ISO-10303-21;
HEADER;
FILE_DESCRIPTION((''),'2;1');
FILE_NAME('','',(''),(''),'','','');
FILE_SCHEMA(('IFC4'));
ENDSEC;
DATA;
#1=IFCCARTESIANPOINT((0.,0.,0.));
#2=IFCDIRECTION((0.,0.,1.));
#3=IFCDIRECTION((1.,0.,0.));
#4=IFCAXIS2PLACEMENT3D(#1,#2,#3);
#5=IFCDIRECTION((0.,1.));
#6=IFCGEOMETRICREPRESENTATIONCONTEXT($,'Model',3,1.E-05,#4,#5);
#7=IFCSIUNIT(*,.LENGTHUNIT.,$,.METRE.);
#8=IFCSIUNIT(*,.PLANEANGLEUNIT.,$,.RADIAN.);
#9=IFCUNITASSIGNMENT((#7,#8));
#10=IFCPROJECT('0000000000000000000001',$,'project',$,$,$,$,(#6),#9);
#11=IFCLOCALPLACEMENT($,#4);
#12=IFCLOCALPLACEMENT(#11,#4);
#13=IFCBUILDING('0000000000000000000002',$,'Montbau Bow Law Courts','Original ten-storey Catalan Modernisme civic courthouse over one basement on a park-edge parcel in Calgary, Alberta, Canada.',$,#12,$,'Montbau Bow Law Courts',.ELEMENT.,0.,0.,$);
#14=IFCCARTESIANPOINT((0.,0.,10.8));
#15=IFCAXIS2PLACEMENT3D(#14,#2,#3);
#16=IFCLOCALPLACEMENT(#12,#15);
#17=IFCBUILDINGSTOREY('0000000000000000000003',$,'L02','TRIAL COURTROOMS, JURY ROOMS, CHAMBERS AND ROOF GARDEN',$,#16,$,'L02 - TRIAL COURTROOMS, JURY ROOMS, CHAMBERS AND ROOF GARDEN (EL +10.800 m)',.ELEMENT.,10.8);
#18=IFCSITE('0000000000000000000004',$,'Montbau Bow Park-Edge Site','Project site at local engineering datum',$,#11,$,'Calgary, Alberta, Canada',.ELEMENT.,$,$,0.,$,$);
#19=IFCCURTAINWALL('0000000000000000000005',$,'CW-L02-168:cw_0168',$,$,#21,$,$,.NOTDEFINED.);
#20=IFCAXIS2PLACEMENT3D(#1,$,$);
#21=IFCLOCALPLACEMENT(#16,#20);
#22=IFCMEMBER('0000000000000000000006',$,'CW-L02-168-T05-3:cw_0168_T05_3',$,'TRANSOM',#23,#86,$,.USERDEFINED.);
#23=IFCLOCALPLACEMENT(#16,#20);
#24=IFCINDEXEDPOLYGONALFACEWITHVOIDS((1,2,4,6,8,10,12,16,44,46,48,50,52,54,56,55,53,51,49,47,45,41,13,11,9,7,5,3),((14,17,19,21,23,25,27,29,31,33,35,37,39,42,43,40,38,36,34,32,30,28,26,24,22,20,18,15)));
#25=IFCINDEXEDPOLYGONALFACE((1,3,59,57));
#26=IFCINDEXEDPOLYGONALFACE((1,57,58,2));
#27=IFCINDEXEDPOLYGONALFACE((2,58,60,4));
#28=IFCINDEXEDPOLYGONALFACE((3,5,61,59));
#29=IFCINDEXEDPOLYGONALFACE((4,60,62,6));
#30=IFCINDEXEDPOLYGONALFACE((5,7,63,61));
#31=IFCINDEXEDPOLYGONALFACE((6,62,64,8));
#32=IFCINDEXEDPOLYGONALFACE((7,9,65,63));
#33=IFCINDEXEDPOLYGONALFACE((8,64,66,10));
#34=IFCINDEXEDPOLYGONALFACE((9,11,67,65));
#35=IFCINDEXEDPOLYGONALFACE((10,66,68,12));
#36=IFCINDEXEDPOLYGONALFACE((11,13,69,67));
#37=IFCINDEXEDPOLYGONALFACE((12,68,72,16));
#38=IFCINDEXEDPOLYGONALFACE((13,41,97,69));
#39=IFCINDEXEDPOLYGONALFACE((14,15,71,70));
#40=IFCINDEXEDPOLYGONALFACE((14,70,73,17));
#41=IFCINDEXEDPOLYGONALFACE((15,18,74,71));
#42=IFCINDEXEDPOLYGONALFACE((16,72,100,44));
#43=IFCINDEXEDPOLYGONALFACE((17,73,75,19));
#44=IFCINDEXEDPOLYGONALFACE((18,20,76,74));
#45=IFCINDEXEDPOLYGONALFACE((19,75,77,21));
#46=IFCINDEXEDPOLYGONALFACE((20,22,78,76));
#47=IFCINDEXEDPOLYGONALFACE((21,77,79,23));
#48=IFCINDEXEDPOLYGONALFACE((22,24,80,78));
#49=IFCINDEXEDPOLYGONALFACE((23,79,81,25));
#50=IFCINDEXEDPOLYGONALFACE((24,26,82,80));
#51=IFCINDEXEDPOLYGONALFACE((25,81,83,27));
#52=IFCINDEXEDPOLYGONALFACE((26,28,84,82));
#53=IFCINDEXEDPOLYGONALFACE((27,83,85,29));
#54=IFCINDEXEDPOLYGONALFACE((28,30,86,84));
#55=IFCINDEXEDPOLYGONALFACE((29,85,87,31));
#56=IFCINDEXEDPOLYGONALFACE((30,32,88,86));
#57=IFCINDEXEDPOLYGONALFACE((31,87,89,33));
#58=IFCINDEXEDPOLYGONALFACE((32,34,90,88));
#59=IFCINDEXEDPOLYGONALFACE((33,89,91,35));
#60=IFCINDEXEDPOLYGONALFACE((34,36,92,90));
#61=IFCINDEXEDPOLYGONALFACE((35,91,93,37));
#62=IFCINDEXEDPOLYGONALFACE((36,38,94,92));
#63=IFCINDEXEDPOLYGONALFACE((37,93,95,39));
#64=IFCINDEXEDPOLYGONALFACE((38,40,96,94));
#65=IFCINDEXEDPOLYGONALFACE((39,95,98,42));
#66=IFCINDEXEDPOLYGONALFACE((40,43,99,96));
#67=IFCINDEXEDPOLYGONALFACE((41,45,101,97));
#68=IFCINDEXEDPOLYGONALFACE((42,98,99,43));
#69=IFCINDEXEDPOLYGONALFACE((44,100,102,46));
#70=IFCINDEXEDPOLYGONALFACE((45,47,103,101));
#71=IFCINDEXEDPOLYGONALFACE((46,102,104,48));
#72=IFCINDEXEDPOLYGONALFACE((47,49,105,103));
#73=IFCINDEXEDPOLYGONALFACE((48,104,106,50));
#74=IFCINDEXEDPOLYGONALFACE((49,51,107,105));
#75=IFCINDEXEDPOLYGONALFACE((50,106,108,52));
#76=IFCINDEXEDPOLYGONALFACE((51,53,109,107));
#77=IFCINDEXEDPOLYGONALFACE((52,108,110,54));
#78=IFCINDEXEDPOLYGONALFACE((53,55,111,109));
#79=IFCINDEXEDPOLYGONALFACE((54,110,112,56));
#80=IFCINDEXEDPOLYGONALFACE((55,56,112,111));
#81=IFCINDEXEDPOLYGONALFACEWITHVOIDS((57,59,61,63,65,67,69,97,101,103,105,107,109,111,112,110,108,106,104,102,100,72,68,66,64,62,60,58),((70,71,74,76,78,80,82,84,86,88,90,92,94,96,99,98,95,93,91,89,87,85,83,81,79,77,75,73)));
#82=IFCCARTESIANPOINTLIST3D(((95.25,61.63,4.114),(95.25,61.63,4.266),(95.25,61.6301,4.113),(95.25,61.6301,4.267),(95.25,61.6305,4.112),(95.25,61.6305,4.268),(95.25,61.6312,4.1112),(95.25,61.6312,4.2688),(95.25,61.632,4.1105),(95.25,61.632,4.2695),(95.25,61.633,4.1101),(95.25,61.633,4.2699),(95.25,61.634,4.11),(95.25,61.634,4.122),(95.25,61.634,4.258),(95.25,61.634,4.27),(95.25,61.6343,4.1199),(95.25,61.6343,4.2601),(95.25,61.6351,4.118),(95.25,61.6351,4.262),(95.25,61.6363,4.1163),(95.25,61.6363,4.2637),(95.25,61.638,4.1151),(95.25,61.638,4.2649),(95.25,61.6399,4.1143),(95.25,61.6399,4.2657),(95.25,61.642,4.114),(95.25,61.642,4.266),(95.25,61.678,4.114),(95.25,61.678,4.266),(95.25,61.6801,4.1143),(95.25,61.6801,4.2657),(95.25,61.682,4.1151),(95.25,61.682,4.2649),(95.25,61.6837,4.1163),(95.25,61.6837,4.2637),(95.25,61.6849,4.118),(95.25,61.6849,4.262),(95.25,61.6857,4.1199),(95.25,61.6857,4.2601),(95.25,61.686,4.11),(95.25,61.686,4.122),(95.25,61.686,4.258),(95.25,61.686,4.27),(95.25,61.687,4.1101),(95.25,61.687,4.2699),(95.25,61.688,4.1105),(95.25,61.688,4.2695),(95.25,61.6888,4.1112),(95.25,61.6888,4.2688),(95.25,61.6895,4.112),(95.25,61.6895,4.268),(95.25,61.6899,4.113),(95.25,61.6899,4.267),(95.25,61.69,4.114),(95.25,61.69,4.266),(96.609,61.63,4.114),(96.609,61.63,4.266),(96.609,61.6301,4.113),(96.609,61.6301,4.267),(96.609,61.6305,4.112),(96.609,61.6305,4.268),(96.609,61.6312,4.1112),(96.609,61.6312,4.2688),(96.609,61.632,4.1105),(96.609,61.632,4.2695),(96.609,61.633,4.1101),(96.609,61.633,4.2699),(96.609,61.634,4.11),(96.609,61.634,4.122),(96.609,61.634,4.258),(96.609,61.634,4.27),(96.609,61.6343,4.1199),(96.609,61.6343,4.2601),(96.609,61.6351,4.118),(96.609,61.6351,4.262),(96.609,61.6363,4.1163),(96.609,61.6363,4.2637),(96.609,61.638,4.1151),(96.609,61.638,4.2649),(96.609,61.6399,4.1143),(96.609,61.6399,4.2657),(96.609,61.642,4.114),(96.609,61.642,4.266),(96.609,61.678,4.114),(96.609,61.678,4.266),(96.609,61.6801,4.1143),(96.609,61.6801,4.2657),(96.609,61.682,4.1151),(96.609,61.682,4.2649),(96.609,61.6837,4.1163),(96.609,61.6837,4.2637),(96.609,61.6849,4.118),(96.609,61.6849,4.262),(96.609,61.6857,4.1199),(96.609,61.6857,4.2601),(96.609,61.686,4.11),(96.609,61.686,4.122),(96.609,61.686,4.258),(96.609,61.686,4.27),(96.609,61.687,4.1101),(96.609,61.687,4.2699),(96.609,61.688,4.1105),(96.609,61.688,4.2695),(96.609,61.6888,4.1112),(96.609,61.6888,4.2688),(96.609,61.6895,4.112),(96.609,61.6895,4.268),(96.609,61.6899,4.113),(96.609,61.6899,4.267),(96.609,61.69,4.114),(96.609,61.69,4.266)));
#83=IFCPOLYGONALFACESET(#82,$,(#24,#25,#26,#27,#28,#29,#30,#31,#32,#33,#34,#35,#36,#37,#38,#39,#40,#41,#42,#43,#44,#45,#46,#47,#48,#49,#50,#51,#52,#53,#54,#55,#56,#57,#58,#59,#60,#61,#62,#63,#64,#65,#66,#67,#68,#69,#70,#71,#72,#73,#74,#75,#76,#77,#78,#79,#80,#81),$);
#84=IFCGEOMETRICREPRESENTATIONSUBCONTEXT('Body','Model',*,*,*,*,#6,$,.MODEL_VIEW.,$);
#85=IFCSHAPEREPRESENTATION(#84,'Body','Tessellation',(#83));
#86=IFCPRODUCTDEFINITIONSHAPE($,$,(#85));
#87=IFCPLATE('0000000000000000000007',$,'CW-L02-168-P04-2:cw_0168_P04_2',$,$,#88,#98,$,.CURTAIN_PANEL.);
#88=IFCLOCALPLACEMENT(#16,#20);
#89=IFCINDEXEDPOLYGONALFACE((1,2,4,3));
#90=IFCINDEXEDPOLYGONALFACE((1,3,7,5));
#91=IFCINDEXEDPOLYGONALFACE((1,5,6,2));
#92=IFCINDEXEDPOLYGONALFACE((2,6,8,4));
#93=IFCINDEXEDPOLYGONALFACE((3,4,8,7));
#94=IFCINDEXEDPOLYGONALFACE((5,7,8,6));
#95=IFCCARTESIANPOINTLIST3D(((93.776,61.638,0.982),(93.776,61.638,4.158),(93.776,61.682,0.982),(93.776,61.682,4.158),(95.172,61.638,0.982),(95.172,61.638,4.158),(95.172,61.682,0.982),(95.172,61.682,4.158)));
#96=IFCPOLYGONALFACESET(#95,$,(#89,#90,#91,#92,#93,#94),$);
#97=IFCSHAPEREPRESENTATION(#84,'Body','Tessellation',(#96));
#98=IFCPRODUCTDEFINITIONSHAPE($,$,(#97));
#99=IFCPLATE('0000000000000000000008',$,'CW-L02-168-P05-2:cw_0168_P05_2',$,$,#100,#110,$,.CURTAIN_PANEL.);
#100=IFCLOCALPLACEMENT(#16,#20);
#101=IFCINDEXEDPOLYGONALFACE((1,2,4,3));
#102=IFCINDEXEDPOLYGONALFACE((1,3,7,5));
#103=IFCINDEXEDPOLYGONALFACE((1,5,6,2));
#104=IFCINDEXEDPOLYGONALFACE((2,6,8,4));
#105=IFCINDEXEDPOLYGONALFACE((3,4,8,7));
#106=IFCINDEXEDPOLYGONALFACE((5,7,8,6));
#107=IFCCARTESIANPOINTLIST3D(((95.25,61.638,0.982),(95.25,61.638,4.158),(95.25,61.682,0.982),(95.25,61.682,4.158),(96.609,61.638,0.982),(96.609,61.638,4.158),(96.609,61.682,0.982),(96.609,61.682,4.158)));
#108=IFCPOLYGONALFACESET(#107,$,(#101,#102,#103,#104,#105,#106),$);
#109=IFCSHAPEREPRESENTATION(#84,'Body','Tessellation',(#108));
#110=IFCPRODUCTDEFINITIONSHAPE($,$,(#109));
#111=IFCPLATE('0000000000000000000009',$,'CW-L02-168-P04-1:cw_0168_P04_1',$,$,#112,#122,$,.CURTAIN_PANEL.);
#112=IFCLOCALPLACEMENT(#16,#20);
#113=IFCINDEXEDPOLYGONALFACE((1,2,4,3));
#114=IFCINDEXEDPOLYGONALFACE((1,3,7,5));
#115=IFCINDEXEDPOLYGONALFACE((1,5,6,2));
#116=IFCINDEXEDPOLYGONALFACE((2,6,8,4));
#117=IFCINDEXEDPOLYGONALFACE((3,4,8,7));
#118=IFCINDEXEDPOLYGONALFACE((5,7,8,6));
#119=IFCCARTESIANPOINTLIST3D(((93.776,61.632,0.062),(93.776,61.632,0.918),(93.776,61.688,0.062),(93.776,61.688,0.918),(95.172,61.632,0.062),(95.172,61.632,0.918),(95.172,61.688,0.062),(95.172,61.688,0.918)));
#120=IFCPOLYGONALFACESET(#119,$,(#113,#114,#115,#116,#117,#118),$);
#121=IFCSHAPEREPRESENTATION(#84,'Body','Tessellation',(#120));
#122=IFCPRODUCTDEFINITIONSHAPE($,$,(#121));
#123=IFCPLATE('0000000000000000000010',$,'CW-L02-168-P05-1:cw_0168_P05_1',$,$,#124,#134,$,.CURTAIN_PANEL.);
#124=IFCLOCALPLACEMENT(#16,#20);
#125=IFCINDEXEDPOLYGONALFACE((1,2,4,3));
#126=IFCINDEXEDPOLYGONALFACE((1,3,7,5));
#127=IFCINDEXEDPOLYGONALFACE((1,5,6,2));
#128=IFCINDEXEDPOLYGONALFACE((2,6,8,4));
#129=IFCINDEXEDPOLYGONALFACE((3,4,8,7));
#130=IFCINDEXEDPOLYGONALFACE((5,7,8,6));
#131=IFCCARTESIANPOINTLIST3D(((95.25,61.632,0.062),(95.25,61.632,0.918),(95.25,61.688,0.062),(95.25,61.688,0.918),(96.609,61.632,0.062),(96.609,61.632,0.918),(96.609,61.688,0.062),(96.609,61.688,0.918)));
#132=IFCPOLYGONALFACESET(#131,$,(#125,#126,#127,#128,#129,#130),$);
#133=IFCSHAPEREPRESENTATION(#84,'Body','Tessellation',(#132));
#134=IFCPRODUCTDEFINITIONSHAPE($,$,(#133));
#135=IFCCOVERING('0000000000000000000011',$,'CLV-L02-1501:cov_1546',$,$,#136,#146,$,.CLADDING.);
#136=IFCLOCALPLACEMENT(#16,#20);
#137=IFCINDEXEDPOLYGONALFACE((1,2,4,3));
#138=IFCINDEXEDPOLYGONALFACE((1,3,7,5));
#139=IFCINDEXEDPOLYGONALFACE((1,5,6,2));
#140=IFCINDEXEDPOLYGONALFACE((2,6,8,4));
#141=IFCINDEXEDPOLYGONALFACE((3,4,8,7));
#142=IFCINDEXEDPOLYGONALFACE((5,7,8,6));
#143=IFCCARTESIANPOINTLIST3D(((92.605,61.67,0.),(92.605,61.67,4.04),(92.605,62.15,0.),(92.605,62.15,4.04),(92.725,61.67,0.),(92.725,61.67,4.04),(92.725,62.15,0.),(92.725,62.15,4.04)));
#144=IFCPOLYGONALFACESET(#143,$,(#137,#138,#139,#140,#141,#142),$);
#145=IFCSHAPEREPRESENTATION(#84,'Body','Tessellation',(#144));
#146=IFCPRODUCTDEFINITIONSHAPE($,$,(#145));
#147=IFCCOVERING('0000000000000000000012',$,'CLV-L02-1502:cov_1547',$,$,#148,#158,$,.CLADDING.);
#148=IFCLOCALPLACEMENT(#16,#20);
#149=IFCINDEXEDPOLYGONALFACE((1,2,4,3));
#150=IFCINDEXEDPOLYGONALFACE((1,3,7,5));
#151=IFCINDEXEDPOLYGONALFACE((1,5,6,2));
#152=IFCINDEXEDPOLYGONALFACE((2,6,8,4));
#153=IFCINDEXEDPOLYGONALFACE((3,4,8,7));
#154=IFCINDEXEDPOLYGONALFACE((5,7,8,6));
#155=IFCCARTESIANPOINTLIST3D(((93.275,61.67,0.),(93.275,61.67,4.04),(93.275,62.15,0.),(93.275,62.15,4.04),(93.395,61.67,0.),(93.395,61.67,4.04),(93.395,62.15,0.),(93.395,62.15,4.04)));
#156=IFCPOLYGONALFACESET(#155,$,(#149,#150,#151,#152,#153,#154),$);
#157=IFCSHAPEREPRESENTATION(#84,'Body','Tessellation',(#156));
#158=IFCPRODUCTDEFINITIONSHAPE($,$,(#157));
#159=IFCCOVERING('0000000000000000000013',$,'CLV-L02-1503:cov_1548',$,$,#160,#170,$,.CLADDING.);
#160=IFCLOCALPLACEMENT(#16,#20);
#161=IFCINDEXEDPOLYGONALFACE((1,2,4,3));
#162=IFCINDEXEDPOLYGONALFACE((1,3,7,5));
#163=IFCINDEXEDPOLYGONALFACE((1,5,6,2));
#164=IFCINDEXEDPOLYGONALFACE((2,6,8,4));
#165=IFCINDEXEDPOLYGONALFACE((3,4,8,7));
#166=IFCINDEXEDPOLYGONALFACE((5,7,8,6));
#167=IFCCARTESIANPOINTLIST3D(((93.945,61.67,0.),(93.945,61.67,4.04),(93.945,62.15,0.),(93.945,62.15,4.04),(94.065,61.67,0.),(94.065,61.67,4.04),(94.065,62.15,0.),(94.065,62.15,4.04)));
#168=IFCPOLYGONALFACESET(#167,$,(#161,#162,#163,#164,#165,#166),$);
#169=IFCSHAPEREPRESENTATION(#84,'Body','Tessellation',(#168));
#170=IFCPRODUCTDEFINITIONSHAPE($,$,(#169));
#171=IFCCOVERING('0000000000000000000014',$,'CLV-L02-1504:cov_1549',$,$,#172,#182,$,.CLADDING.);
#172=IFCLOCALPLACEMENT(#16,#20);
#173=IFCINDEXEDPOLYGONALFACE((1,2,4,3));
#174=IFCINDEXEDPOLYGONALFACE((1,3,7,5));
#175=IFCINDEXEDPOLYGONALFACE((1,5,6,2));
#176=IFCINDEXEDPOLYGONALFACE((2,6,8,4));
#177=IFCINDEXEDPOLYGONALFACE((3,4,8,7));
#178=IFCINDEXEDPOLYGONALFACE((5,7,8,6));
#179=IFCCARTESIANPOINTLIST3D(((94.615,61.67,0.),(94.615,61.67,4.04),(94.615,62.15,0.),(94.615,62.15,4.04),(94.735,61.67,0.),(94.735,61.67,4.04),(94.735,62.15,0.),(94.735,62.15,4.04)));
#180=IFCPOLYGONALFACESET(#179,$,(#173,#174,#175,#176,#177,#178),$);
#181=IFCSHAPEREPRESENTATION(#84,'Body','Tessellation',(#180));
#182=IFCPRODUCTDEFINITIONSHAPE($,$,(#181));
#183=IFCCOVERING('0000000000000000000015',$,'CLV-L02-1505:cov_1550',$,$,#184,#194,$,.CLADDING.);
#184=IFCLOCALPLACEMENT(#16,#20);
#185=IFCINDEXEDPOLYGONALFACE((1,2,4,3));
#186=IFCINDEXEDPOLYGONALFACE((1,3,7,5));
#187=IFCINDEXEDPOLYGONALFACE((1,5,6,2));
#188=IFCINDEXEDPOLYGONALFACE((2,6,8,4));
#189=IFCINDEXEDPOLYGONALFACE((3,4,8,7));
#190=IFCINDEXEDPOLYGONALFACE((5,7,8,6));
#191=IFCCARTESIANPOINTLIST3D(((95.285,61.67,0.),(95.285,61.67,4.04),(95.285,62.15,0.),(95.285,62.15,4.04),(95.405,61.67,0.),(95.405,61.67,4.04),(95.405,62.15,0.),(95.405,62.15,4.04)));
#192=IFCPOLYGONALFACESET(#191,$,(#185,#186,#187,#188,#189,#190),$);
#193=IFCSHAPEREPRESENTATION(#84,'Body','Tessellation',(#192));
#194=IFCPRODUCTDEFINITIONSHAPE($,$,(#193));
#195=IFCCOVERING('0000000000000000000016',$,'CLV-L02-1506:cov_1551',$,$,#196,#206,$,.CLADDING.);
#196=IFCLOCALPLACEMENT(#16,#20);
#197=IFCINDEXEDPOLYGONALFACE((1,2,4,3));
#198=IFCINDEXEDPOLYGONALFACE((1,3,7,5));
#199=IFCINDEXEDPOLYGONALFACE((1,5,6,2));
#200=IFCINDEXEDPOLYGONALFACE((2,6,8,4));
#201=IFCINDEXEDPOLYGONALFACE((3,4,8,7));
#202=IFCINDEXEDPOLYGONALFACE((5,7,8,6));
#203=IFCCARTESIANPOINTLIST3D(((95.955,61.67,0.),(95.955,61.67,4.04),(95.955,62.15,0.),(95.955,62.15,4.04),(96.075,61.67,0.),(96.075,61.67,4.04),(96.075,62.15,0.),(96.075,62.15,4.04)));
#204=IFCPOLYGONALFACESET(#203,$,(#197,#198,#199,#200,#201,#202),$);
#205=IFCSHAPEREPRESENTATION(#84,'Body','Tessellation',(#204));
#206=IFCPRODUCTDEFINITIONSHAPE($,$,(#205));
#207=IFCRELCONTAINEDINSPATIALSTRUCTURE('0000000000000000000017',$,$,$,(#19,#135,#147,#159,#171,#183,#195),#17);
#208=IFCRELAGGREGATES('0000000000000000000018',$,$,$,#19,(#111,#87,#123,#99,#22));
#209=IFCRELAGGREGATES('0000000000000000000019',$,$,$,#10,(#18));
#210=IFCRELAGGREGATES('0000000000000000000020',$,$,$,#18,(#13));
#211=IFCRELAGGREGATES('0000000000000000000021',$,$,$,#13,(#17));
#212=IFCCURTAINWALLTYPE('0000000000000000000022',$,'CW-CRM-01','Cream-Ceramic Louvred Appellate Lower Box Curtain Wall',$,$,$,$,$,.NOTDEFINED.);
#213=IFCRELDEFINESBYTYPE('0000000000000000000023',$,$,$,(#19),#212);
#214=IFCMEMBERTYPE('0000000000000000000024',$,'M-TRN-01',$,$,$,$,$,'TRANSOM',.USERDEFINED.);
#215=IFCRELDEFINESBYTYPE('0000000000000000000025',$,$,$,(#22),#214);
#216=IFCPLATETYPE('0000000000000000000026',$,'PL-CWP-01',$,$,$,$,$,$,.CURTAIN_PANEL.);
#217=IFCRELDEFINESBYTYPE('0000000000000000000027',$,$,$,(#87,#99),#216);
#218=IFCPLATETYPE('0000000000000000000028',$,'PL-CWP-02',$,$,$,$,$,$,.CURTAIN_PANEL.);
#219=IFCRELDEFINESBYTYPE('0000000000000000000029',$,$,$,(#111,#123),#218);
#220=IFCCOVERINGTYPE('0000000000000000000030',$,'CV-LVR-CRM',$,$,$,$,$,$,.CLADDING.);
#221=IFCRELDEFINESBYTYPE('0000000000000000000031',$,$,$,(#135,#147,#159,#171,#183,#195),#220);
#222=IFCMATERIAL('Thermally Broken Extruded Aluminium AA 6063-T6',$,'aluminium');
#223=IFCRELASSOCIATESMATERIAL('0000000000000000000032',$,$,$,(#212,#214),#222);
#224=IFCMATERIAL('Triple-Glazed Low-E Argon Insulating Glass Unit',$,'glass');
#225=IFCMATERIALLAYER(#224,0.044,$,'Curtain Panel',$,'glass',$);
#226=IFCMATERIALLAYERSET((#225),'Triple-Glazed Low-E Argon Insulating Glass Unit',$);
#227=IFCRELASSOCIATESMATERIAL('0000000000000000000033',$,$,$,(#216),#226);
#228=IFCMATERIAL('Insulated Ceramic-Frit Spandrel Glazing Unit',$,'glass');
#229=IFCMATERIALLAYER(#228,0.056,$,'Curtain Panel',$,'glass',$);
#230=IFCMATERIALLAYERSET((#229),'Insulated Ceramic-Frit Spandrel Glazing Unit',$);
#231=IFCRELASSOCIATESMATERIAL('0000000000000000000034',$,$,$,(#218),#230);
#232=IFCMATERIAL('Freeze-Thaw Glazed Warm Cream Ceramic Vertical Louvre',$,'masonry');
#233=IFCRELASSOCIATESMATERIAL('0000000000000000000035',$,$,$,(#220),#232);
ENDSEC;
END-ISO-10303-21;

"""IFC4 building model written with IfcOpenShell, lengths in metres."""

from ifc_helpers import new_model, si_unit, direction, frame, frame_2d, origin_with_axes, origin_2d_with_axis, place, context, subcontext, project, spatial, rectangle, hollow_rectangle, extrude, material, layer, layer_set, material_profile, profile_set, type_object, element, aggregate, save


model = new_model("IFC4")

# Units and contexts
model_context = context("Model", 3, precision=1e-05, world=origin_with_axes(), true_north=direction((0.0, 1.0)))
body_context = subcontext(model_context, "Body", "Model", "MODEL_VIEW")
ifc_project = project(units=[si_unit("LENGTHUNIT", "METRE"), si_unit("PLANEANGLEUNIT", "RADIAN")], contexts=[model_context])

# Site, building, storey
site_placement = place(None, origin_with_axes())
site = spatial("IfcSite", under=ifc_project, at=site_placement, Name="Montbau Bow Park-Edge Site", Description="Project site at local engineering datum", LongName="Calgary, Alberta, Canada", CompositionType="ELEMENT", RefElevation=0.0)
building_placement = place(site_placement, origin_with_axes())
building = spatial("IfcBuilding", under=site, at=building_placement, Name="Montbau Bow Law Courts", Description="Original ten-storey Catalan Modernisme civic courthouse over one basement on a park-edge parcel in Calgary, Alberta, Canada.", LongName="Montbau Bow Law Courts", CompositionType="ELEMENT", ElevationOfRefHeight=0.0, ElevationOfTerrain=0.0)
storey_placement = place(building_placement, frame((0.0, 0.0, 10.8), z_axis=(0.0, 0.0, 1.0), x_axis=(1.0, 0.0, 0.0)))
storey = spatial("IfcBuildingStorey", under=building, at=storey_placement, Name="L02", Description="TRIAL COURTROOMS, JURY ROOMS, CHAMBERS AND ROOF GARDEN", LongName="L02 - TRIAL COURTROOMS, JURY ROOMS, CHAMBERS AND ROOF GARDEN (EL +10.800 m)", CompositionType="ELEMENT", Elevation=10.8)

# Curtain wall, member, plates
ifc_material_1 = material(Name="Thermally Broken Extruded Aluminium AA 6063-T6", Category="aluminium")
curtain_wall_type = type_object("IfcCurtainWallType", Name="CW-CRM-01", Description="Cream-Ceramic Louvred Appellate Lower Box Curtain Wall", PredefinedType="NOTDEFINED", material=ifc_material_1)
curtain_wall_placement = place(None, frame((89.315, 61.66, 10.8), z_axis=(0.0, 0.0, 1.0), x_axis=(1.0, 0.0, 0.0)))
curtain_wall = element("IfcCurtainWall", 1, at=curtain_wall_placement, inside=storey, type_object=curtain_wall_type, Name="CW-L02-168:cw_0168", PredefinedType="NOTDEFINED")
ifc_material_profile_1 = material_profile(ifc_material_1, hollow_rectangle(XDim=0.06, YDim=0.16, WallThickness=0.004, InnerFilletRadius=0.008, OuterFilletRadius=0.004, at=origin_2d_with_axis()), Name="CWT-160X60", Category="Main", Priority=0)
ifc_profile_set_1 = profile_set([ifc_material_profile_1], Name="Thermally Broken Extruded Aluminium AA 6063-T6")
member_type_1 = type_object("IfcMemberType", Name="M-TRN-01", ElementType="TRANSOM", PredefinedType="USERDEFINED", material=ifc_profile_set_1)
member_1_placement = place(None, frame((95.25, 61.66, 14.99), z_axis=(1.0, 0.0, 0.0), x_axis=(0.0, 1.0, 0.0)))
member_1 = element("IfcMember", 2, at=member_1_placement, type_object=member_type_1, Name="CW-L02-168-T05-3:cw_0168_T05_3", ObjectType="TRANSOM", PredefinedType="USERDEFINED", context=body_context, shape_type="SweptSolid", body=[
    extrude(hollow_rectangle(XDim=0.06, YDim=0.16, WallThickness=0.004, InnerFilletRadius=0.008, OuterFilletRadius=0.004, at=origin_2d_with_axis()), origin_with_axes(), (0.0, 0.0, 1.0), 1.359),
])
ifc_material_2 = material(Name="Triple-Glazed Low-E Argon Insulating Glass Unit", Category="glass")
ifc_layer_1 = layer(ifc_material_2, 0.044, Name="Curtain Panel", Category="glass")
ifc_layer_set_1 = layer_set([ifc_layer_1], Name="Triple-Glazed Low-E Argon Insulating Glass Unit")
plate_type_1 = type_object("IfcPlateType", Name="PL-CWP-01", PredefinedType="CURTAIN_PANEL", material=ifc_layer_set_1)
plate_1_placement = place(None, frame((93.776, 61.66, 11.782), z_axis=(0.0, -1.0, 0.0), x_axis=(1.0, 0.0, 0.0)))
plate_1 = element("IfcPlate", 3, at=plate_1_placement, type_object=plate_type_1, Name="CW-L02-168-P04-2:cw_0168_P04_2", PredefinedType="CURTAIN_PANEL", context=body_context, shape_type="SweptSolid", body=[
    extrude(rectangle(XDim=1.396, YDim=3.176, at=frame_2d((0.698, 1.588), x_axis=(1.0, 0.0))), frame((0.0, 0.0, -0.022), z_axis=(0.0, 0.0, 1.0), x_axis=(1.0, 0.0, 0.0)), (0.0, 0.0, 1.0), 0.044),
])
plate_2_placement = place(None, frame((95.25, 61.66, 11.782), z_axis=(0.0, -1.0, 0.0), x_axis=(1.0, 0.0, 0.0)))
plate_2 = element("IfcPlate", 4, at=plate_2_placement, type_object=plate_type_1, Name="CW-L02-168-P05-2:cw_0168_P05_2", PredefinedType="CURTAIN_PANEL", context=body_context, shape_type="SweptSolid", body=[
    extrude(rectangle(XDim=1.359, YDim=3.176, at=frame_2d((0.6795, 1.588), x_axis=(1.0, 0.0))), frame((0.0, 0.0, -0.022), z_axis=(0.0, 0.0, 1.0), x_axis=(1.0, 0.0, 0.0)), (0.0, 0.0, 1.0), 0.044),
])
ifc_material_3 = material(Name="Insulated Ceramic-Frit Spandrel Glazing Unit", Category="glass")
ifc_layer_2 = layer(ifc_material_3, 0.056, Name="Curtain Panel", Category="glass")
ifc_layer_set_2 = layer_set([ifc_layer_2], Name="Insulated Ceramic-Frit Spandrel Glazing Unit")
plate_type_2 = type_object("IfcPlateType", Name="PL-CWP-02", PredefinedType="CURTAIN_PANEL", material=ifc_layer_set_2)
plate_3_placement = place(None, frame((93.776, 61.66, 10.862), z_axis=(0.0, -1.0, 0.0), x_axis=(1.0, 0.0, 0.0)))
plate_3 = element("IfcPlate", 5, at=plate_3_placement, type_object=plate_type_2, Name="CW-L02-168-P04-1:cw_0168_P04_1", PredefinedType="CURTAIN_PANEL", context=body_context, shape_type="SweptSolid", body=[
    extrude(rectangle(XDim=1.396, YDim=0.856, at=frame_2d((0.698, 0.428), x_axis=(1.0, 0.0))), frame((0.0, 0.0, -0.028), z_axis=(0.0, 0.0, 1.0), x_axis=(1.0, 0.0, 0.0)), (0.0, 0.0, 1.0), 0.056),
])
plate_4_placement = place(None, frame((95.25, 61.66, 10.862), z_axis=(0.0, -1.0, 0.0), x_axis=(1.0, 0.0, 0.0)))
plate_4 = element("IfcPlate", 6, at=plate_4_placement, type_object=plate_type_2, Name="CW-L02-168-P05-1:cw_0168_P05_1", PredefinedType="CURTAIN_PANEL", context=body_context, shape_type="SweptSolid", body=[
    extrude(rectangle(XDim=1.359, YDim=0.856, at=frame_2d((0.6795, 0.428), x_axis=(1.0, 0.0))), frame((0.0, 0.0, -0.028), z_axis=(0.0, 0.0, 1.0), x_axis=(1.0, 0.0, 0.0)), (0.0, 0.0, 1.0), 0.056),
])
aggregate(curtain_wall, [plate_3, plate_1, plate_4, plate_2, member_1])

# Coverings
ifc_material_4 = material(Name="Freeze-Thaw Glazed Warm Cream Ceramic Vertical Louvre", Category="masonry")
covering_type = type_object("IfcCoveringType", Name="CV-LVR-CRM", PredefinedType="CLADDING", material=ifc_material_4)
for number, where, z_axis, x_axis, name in (
    (7, (92.665, 61.67, 10.8), (1.0, 0.0, 0.0), (0.0, 1.0, 0.0), "CLV-L02-1501:cov_1546"),
    (8, (93.335, 61.67, 10.8), (1.0, 0.0, 0.0), (0.0, 1.0, 0.0), "CLV-L02-1502:cov_1547"),
    (9, (94.005, 61.67, 10.8), (1.0, 0.0, 0.0), (0.0, 1.0, 0.0), "CLV-L02-1503:cov_1548"),
    (10, (94.675, 61.67, 10.8), (1.0, 0.0, 0.0), (0.0, 1.0, 0.0), "CLV-L02-1504:cov_1549"),
    (11, (95.345, 61.67, 10.8), (1.0, 0.0, 0.0), (0.0, 1.0, 0.0), "CLV-L02-1505:cov_1550"),
    (12, (96.015, 61.67, 10.8), (1.0, 0.0, 0.0), (0.0, 1.0, 0.0), "CLV-L02-1506:cov_1551"),
):
    element("IfcCovering", number, at=place(None, frame(where, z_axis=z_axis, x_axis=x_axis)), inside=storey, type_object=covering_type, Name=name, PredefinedType="CLADDING", context=body_context, shape_type="SweptSolid", body=[
        extrude(rectangle(XDim=0.48, YDim=4.04, at=frame_2d((0.24, 2.02), x_axis=(1.0, 0.0))), frame((0.0, 0.0, -0.06), z_axis=(0.0, 0.0, 1.0), x_axis=(1.0, 0.0, 0.0)), (0.0, 0.0, 1.0), 0.12),
    ])

save(model, "model.ifc")
